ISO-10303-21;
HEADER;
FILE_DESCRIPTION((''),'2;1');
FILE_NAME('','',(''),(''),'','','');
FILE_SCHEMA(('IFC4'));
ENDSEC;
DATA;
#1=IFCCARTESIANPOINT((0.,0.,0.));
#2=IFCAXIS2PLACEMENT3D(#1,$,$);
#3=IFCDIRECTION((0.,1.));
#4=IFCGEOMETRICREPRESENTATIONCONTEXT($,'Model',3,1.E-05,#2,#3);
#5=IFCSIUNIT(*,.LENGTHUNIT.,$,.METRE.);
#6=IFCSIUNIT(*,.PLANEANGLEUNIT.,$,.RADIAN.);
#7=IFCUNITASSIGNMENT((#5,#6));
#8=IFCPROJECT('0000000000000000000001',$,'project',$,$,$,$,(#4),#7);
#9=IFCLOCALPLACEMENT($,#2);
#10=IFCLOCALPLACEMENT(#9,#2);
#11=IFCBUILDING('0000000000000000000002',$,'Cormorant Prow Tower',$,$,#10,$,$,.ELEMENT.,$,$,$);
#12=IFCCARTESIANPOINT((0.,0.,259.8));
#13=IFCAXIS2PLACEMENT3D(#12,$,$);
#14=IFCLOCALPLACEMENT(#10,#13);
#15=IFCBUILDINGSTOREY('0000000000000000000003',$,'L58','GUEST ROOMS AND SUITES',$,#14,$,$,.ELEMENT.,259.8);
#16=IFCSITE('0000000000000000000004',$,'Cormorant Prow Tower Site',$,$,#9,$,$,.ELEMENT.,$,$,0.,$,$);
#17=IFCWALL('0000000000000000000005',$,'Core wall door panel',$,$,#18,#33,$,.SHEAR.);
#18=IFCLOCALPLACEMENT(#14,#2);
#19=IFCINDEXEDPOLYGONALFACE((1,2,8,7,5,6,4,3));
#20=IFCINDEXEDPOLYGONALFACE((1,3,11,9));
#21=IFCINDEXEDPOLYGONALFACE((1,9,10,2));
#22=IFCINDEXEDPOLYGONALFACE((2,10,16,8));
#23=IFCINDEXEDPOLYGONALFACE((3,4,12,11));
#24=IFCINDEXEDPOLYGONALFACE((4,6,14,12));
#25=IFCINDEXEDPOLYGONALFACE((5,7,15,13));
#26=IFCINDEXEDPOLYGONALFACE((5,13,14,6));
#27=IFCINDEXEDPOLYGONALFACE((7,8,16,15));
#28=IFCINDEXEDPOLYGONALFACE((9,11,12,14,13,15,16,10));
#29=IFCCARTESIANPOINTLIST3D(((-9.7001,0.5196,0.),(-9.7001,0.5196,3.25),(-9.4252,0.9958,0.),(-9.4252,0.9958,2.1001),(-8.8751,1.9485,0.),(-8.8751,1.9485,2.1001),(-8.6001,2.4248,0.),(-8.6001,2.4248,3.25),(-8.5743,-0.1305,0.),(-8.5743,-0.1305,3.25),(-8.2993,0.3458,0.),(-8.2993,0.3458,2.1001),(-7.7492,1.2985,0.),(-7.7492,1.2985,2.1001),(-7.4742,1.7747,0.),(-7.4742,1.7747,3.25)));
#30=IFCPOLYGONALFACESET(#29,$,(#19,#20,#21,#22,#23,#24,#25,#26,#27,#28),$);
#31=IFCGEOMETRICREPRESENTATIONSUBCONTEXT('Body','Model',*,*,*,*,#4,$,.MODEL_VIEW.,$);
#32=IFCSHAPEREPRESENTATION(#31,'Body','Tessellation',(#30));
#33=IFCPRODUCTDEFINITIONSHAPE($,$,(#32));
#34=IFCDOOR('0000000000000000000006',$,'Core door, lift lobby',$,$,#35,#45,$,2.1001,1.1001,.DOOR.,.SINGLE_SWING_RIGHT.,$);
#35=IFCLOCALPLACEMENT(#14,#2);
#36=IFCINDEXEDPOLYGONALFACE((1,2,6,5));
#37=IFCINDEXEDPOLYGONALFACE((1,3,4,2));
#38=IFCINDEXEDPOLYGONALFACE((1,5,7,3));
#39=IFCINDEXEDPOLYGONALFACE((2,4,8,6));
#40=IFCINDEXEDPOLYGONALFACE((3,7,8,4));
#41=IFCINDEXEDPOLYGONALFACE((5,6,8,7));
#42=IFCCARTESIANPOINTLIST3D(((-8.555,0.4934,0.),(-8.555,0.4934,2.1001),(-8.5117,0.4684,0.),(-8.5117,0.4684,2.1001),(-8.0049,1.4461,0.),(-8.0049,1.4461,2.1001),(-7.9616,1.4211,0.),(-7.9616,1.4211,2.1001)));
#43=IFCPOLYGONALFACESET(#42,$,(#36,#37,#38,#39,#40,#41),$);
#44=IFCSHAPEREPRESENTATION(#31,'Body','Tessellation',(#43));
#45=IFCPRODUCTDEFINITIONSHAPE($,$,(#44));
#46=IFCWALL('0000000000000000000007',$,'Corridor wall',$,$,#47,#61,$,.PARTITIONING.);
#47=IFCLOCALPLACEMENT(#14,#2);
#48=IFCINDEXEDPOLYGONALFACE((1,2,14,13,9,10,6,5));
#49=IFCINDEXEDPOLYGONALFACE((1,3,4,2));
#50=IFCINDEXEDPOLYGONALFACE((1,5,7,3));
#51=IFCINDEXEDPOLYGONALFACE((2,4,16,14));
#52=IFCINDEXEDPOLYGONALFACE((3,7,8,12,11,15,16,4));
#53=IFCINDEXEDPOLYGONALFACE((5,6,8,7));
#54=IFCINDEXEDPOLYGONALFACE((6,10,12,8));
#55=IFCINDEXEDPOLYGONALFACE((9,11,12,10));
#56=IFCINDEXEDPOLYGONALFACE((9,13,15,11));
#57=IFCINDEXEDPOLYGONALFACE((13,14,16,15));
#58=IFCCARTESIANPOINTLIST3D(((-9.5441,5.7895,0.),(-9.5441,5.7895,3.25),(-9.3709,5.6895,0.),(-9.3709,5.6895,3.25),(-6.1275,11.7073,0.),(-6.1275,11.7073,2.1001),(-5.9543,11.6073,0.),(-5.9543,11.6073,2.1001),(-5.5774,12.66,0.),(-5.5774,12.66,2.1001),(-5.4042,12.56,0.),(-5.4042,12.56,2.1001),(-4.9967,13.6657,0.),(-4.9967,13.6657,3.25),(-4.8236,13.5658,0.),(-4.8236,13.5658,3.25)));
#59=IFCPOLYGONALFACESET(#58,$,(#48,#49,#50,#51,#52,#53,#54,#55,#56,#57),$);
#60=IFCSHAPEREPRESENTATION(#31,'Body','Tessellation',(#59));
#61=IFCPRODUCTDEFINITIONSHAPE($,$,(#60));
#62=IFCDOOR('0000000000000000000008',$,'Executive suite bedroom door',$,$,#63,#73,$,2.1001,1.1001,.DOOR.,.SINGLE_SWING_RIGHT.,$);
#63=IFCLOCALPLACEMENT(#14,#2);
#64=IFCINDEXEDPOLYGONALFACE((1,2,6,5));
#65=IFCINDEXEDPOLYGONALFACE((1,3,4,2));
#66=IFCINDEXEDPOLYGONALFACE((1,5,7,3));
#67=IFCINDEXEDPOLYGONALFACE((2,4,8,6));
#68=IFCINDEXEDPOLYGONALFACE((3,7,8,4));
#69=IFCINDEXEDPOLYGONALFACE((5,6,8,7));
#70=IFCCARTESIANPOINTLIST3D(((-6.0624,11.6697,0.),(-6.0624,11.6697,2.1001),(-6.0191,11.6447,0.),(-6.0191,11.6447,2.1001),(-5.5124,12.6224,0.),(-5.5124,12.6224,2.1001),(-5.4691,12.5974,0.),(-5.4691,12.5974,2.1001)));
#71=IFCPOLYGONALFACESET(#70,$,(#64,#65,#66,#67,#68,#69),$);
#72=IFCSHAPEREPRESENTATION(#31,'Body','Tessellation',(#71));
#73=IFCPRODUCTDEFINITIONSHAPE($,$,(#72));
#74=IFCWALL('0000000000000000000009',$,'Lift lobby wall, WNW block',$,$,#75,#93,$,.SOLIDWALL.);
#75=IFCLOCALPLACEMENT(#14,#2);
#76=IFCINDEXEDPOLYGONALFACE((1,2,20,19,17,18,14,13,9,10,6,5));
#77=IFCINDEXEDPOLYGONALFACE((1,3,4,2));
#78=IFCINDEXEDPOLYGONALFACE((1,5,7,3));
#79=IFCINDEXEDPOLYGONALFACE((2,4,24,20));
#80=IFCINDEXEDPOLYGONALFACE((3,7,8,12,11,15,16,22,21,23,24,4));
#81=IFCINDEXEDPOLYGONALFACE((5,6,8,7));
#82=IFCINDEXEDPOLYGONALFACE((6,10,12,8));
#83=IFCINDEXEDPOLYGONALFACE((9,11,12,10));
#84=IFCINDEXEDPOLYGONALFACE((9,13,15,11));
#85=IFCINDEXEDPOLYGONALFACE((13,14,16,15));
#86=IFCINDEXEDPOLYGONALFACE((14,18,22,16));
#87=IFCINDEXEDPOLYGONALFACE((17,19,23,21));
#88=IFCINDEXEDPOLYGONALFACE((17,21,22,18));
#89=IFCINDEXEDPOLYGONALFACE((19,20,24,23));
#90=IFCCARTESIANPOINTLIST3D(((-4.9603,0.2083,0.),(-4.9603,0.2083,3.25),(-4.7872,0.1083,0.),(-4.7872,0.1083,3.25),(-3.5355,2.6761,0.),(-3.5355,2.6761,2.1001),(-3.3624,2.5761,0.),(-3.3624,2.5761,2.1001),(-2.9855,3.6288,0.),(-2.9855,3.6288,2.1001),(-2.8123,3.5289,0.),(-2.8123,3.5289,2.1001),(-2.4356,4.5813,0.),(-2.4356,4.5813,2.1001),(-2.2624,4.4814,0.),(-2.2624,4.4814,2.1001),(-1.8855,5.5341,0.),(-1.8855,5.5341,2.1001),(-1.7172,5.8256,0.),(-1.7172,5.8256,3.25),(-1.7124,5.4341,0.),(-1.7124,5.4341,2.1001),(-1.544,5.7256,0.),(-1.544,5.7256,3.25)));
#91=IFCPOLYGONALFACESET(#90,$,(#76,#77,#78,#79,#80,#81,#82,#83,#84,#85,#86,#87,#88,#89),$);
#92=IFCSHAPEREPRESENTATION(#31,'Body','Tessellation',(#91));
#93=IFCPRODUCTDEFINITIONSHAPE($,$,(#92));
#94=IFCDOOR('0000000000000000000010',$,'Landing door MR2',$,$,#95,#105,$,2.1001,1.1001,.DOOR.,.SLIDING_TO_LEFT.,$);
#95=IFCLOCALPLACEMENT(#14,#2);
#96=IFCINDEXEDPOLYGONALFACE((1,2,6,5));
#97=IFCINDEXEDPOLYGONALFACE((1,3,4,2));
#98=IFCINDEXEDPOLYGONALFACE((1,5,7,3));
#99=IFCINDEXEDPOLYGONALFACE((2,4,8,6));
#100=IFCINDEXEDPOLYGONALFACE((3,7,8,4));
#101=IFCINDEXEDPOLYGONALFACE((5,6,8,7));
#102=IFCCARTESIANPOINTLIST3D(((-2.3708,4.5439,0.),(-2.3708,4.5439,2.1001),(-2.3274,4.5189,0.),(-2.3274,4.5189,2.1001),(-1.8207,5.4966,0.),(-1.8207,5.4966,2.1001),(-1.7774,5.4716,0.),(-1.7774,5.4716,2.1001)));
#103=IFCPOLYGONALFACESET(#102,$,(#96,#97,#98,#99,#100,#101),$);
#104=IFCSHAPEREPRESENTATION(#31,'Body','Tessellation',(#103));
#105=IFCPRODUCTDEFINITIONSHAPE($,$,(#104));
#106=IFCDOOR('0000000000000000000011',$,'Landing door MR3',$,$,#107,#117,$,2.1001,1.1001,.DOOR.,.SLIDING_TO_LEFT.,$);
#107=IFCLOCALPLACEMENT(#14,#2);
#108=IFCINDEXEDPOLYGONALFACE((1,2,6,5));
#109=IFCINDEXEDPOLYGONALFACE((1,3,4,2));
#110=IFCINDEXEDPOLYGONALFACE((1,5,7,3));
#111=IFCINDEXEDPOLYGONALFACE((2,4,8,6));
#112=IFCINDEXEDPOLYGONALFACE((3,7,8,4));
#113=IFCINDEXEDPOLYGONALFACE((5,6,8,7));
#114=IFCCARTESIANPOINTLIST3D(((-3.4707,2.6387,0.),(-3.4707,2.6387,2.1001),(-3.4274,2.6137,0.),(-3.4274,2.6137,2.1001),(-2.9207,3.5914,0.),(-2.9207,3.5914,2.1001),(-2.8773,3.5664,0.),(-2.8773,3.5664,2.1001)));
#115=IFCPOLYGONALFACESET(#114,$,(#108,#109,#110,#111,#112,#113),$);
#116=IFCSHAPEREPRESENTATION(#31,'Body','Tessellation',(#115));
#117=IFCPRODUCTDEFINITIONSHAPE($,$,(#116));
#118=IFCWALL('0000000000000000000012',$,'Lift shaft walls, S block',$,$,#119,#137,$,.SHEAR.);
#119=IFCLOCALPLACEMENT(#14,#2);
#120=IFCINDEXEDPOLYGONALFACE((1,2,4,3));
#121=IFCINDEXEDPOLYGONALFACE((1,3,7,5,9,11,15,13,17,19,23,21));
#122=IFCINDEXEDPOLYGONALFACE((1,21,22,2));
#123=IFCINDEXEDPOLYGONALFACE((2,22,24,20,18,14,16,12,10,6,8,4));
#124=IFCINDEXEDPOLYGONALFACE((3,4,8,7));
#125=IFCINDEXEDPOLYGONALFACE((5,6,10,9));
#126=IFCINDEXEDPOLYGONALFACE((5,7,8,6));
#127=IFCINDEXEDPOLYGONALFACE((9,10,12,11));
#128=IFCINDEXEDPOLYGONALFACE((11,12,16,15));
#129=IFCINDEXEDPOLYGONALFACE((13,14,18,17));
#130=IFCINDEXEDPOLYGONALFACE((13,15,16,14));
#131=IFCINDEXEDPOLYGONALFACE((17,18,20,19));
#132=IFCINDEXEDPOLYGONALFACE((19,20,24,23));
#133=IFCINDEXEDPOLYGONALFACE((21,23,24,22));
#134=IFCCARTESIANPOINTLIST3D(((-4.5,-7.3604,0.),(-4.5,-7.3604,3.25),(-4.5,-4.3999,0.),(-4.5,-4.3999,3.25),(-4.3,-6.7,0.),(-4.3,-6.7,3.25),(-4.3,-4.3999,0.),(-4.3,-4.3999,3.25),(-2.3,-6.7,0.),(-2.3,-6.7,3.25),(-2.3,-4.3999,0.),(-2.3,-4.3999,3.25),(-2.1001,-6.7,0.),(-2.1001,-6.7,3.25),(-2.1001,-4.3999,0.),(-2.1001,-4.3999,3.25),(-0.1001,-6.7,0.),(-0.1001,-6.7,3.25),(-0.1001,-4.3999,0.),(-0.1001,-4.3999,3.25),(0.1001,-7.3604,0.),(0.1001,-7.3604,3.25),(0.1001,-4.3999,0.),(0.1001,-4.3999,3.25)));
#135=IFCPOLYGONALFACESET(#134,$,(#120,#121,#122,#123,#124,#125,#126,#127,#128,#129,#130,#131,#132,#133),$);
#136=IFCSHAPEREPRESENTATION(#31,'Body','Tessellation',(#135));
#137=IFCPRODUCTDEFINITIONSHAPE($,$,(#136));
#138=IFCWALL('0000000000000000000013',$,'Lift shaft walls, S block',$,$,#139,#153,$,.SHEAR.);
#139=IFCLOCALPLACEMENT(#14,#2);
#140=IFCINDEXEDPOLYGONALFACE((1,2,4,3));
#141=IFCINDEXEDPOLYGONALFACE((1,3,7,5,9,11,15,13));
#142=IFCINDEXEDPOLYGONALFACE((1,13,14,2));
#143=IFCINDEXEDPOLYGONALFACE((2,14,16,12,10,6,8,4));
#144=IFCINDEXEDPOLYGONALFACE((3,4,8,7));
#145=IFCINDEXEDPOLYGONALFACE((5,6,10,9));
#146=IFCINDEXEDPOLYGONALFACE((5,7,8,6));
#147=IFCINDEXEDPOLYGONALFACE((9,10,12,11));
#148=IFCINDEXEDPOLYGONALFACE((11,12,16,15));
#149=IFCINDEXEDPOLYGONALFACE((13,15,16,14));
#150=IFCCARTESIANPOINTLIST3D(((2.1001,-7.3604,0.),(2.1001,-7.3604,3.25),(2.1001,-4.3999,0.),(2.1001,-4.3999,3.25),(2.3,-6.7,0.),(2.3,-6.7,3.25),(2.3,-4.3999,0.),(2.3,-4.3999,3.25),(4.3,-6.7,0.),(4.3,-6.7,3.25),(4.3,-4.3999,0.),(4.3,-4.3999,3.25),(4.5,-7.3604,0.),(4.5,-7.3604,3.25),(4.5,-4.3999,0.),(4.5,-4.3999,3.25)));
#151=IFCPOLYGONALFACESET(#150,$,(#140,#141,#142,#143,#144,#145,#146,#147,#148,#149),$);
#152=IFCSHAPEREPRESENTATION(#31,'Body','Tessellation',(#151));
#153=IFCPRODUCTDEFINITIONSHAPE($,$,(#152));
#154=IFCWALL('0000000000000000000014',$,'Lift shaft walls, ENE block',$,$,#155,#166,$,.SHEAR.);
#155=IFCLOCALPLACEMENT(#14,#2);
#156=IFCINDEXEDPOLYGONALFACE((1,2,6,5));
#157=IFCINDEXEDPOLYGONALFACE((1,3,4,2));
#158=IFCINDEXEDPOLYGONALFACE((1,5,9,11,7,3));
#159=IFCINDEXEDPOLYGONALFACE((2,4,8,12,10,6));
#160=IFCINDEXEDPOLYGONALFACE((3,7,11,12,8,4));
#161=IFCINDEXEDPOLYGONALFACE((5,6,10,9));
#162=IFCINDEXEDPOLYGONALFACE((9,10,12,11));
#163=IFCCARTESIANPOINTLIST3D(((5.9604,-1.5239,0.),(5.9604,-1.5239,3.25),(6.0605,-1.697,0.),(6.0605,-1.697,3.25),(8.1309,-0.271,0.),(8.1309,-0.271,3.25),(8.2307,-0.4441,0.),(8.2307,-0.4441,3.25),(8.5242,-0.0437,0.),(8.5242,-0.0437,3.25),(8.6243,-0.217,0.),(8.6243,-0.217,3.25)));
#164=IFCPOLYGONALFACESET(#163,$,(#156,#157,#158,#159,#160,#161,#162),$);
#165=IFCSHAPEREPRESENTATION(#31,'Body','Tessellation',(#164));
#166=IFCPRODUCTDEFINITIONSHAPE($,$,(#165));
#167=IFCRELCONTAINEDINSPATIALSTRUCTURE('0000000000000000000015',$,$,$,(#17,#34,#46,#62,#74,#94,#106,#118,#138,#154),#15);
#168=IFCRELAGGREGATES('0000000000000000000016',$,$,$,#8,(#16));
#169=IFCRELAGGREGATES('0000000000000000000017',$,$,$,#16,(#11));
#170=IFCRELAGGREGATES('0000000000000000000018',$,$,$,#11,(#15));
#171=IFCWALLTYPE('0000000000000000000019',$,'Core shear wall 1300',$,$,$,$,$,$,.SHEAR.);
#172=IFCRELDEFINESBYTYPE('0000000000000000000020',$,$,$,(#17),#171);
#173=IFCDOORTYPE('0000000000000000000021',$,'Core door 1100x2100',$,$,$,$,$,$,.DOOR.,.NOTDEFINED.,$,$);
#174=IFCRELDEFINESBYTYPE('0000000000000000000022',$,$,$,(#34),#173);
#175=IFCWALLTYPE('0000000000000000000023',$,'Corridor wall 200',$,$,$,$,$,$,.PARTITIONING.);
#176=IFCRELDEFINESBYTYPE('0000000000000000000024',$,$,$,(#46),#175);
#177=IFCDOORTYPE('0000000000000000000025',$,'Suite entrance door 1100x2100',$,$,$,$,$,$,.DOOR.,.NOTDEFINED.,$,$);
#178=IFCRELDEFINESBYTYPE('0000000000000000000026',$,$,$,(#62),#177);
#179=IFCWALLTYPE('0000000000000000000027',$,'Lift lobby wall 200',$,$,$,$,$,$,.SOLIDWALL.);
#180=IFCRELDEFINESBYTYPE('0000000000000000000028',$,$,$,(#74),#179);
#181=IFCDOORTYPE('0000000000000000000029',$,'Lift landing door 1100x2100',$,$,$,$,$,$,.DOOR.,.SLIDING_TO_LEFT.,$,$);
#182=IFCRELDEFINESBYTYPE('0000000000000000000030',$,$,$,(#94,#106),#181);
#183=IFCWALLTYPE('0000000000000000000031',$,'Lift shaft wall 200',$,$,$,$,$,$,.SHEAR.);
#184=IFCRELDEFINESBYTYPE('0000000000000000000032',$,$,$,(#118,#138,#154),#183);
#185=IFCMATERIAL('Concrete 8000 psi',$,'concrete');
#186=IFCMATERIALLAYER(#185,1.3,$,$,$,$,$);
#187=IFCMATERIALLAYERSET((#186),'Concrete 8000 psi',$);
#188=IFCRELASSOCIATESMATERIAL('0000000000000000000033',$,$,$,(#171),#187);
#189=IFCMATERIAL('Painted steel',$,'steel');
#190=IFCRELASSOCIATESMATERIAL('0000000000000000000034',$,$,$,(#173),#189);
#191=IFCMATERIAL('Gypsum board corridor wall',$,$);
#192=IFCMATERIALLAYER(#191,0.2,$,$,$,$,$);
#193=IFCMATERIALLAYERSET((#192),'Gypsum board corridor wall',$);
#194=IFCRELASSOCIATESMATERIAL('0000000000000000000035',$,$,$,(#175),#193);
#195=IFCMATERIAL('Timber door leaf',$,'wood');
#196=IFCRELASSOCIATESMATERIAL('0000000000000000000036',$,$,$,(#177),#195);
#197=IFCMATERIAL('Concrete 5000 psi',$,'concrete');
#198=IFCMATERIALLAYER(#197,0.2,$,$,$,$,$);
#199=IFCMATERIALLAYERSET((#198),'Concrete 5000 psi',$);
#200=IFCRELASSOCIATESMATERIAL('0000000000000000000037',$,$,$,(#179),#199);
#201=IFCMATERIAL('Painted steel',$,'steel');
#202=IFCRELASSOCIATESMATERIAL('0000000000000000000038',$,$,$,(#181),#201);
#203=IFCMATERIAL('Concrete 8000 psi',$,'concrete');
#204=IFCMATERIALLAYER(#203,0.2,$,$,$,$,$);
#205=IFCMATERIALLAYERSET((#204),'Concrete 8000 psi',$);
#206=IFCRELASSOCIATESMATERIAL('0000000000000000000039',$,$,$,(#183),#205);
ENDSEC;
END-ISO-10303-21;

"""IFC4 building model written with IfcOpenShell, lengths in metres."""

from ifc_helpers import new_model, si_unit, direction, frame, frame_2d, origin, place, context, subcontext, project, spatial, polyline, rectangle, outline, extrude, material, layer, layer_set, type_object, element, fill, save


model = new_model("IFC4")

# Units and contexts
model_context = context("Model", 3, precision=1e-05, world=origin(), true_north=direction((0.0, 1.0)))
body_context = subcontext(model_context, "Body", "Model", "MODEL_VIEW")
ifc_project = project(units=[si_unit("LENGTHUNIT", "METRE"), si_unit("PLANEANGLEUNIT", "RADIAN")], contexts=[model_context])

# Site, building, storey
site_placement = place(None, origin())
site = spatial("IfcSite", under=ifc_project, at=site_placement, Name="Cormorant Prow Tower Site", CompositionType="ELEMENT", RefElevation=0.0)
building_placement = place(site_placement, origin())
building = spatial("IfcBuilding", under=site, at=building_placement, Name="Cormorant Prow Tower", CompositionType="ELEMENT")
storey_placement = place(building_placement, frame((0.0, 0.0, 259.8)))
storey = spatial("IfcBuildingStorey", under=building, at=storey_placement, Name="L58", Description="GUEST ROOMS AND SUITES", CompositionType="ELEMENT", Elevation=259.8)

# Shared definitions
ifc_material_1 = material(Name="Concrete 8000 psi", Category="concrete")
ifc_layer_1 = layer(ifc_material_1, 1.3)
ifc_layer_set_1 = layer_set([ifc_layer_1], Name="Concrete 8000 psi")
wall_type_1 = type_object("IfcWallType", Name="Core shear wall 1300", PredefinedType="SHEAR", material=ifc_layer_set_1)

# Walls, openings, doors
wall_1_placement = place(storey_placement, frame((-8.0371, 2.0999, 0.0), z_axis=(0.0, 0.0, 1.0), x_axis=(-0.50003, -0.866008, 0.0)))
wall_1 = element("IfcWall", 1, at=wall_1_placement, inside=storey, type_object=wall_type_1, Name="Core wall door panel", PredefinedType="SHEAR", context=body_context, shape_type="SweptSolid", body=[
    extrude(rectangle(XDim=2.2, YDim=1.3, at=frame_2d((1.1001, 0.0))), origin(), (0.0, 0.0, 1.0), 3.25),
])
opening_1_placement = place(wall_1_placement, frame((0.55, 0.0, 0.0)))
opening_1 = element("IfcOpeningElement", 2, at=opening_1_placement, cuts=wall_1, PredefinedType="OPENING", context=body_context, shape_type="SweptSolid", body=[
    extrude(rectangle(XDim=1.1001, YDim=2.1001, at=frame_2d((0.55, 1.05))), frame((0.0, 0.6599, 0.0), z_axis=(0.0, -1.0, 0.0), x_axis=(1.0, 0.0, 0.0)), (0.0, 0.0, 1.0), 1.3201),
])
ifc_material_2 = material(Name="Painted steel", Category="steel")
door_type_1 = type_object("IfcDoorType", Name="Core door 1100x2100", OperationType="NOTDEFINED", PredefinedType="DOOR", material=ifc_material_2)
door_1_placement = place(opening_1_placement, origin())
door_1 = element("IfcDoor", 3, at=door_1_placement, inside=storey, type_object=door_type_1, Name="Core door, lift lobby", OperationType="SINGLE_SWING_RIGHT", OverallHeight=2.1001, OverallWidth=1.1001, PredefinedType="DOOR", context=body_context, shape_type="SweptSolid", body=[
    extrude(rectangle(XDim=1.1001, YDim=2.1001, at=frame_2d((0.55, 1.05))), frame((0.0, 0.4048, 0.0), z_axis=(0.0, -1.0, 0.0), x_axis=(1.0, 0.0, 0.0)), (0.0, 0.0, 1.0), 0.05),
])
fill(opening_1, door_1)
ifc_material_3 = material(Name="Gypsum board corridor wall")
ifc_layer_2 = layer(ifc_material_3, 0.2)
ifc_layer_set_2 = layer_set([ifc_layer_2], Name="Gypsum board corridor wall")
wall_type_2 = type_object("IfcWallType", Name="Corridor wall 200", PredefinedType="PARTITIONING", material=ifc_layer_set_2)
wall_2_placement = place(storey_placement, frame((-9.4575, 5.7395, 0.0), z_axis=(0.0, 0.0, 1.0), x_axis=(0.500002, 0.866024, 0.0)))
wall_2 = element("IfcWall", 4, at=wall_2_placement, inside=storey, type_object=wall_type_2, Name="Corridor wall", PredefinedType="PARTITIONING", context=body_context, shape_type="SweptSolid", body=[
    extrude(rectangle(XDim=9.0947, YDim=0.2, at=frame_2d((4.5474, 0.0))), origin(), (0.0, 0.0, 1.0), 3.25),
])
opening_2_placement = place(wall_2_placement, frame((6.8333, 0.0, 0.0)))
opening_2 = element("IfcOpeningElement", 5, at=opening_2_placement, cuts=wall_2, PredefinedType="OPENING", context=body_context, shape_type="SweptSolid", body=[
    extrude(rectangle(XDim=1.1001, YDim=2.1001, at=frame_2d((0.55, 1.05))), frame((0.0, 0.1099, 0.0), z_axis=(0.0, -1.0, 0.0), x_axis=(1.0, 0.0, 0.0)), (0.0, 0.0, 1.0), 0.22),
])
ifc_material_4 = material(Name="Timber door leaf", Category="wood")
door_type_2 = type_object("IfcDoorType", Name="Suite entrance door 1100x2100", OperationType="NOTDEFINED", PredefinedType="DOOR", material=ifc_material_4)
door_2_placement = place(opening_2_placement, origin())
door_2 = element("IfcDoor", 6, at=door_2_placement, inside=storey, type_object=door_type_2, Name="Executive suite bedroom door", OperationType="SINGLE_SWING_RIGHT", OverallHeight=2.1001, OverallWidth=1.1001, PredefinedType="DOOR", context=body_context, shape_type="SweptSolid", body=[
    extrude(rectangle(XDim=1.1001, YDim=2.1001, at=frame_2d((0.55, 1.05))), frame((0.0, 0.0249, 0.0), z_axis=(0.0, -1.0, 0.0), x_axis=(1.0, 0.0, 0.0)), (0.0, 0.0, 1.0), 0.05),
])
fill(opening_2, door_2)

# Wall, openings, doors
ifc_material_5 = material(Name="Concrete 5000 psi", Category="concrete")
ifc_layer_3 = layer(ifc_material_5, 0.2)
ifc_layer_set_3 = layer_set([ifc_layer_3], Name="Concrete 5000 psi")
wall_type_3 = type_object("IfcWallType", Name="Lift lobby wall 200", PredefinedType="SOLIDWALL", material=ifc_layer_set_3)
wall_3_placement = place(storey_placement, frame((-1.6306, 5.7756, 0.0), z_axis=(0.0, 0.0, 1.0), x_axis=(-0.499993, -0.86603, 0.0)))
wall_3 = element("IfcWall", 7, at=wall_3_placement, inside=storey, type_object=wall_type_3, Name="Lift lobby wall, WNW block", PredefinedType="SOLIDWALL", context=body_context, shape_type="SweptSolid", body=[
    extrude(rectangle(XDim=6.4863, YDim=0.2, at=frame_2d((3.2432, 0.0))), origin(), (0.0, 0.0, 1.0), 3.25),
])
opening_3_placement = place(wall_3_placement, frame((0.3367, 0.0, 0.0)))
opening_3 = element("IfcOpeningElement", 8, at=opening_3_placement, cuts=wall_3, PredefinedType="OPENING", context=body_context, shape_type="SweptSolid", body=[
    extrude(rectangle(XDim=1.1001, YDim=2.1001, at=frame_2d((0.55, 1.05))), frame((0.0, 0.1099, 0.0), z_axis=(0.0, -1.0, 0.0), x_axis=(1.0, 0.0, 0.0)), (0.0, 0.0, 1.0), 0.22),
])
opening_4_placement = place(wall_3_placement, frame((2.5366, 0.0, 0.0)))
opening_4 = element("IfcOpeningElement", 9, at=opening_4_placement, cuts=wall_3, PredefinedType="OPENING", context=body_context, shape_type="SweptSolid", body=[
    extrude(rectangle(XDim=1.1001, YDim=2.1001, at=frame_2d((0.55, 1.05))), frame((0.0, 0.1099, 0.0), z_axis=(0.0, -1.0, 0.0), x_axis=(1.0, 0.0, 0.0)), (0.0, 0.0, 1.0), 0.22),
])
ifc_material_6 = material(Name="Painted steel", Category="steel")
door_type_3 = type_object("IfcDoorType", Name="Lift landing door 1100x2100", OperationType="SLIDING_TO_LEFT", PredefinedType="DOOR", material=ifc_material_6)
door_3_placement = place(opening_3_placement, origin())
door_3 = element("IfcDoor", 10, at=door_3_placement, inside=storey, type_object=door_type_3, Name="Landing door MR2", OperationType="SLIDING_TO_LEFT", OverallHeight=2.1001, OverallWidth=1.1001, PredefinedType="DOOR", context=body_context, shape_type="SweptSolid", body=[
    extrude(rectangle(XDim=1.1001, YDim=2.1001, at=frame_2d((0.55, 1.05))), frame((0.0, 0.0249, 0.0), z_axis=(0.0, -1.0, 0.0), x_axis=(1.0, 0.0, 0.0)), (0.0, 0.0, 1.0), 0.05),
])
fill(opening_3, door_3)
door_4_placement = place(opening_4_placement, origin())
door_4 = element("IfcDoor", 11, at=door_4_placement, inside=storey, type_object=door_type_3, Name="Landing door MR3", OperationType="SLIDING_TO_LEFT", OverallHeight=2.1001, OverallWidth=1.1001, PredefinedType="DOOR", context=body_context, shape_type="SweptSolid", body=[
    extrude(rectangle(XDim=1.1001, YDim=2.1001, at=frame_2d((0.55, 1.05))), frame((0.0, 0.0249, 0.0), z_axis=(0.0, -1.0, 0.0), x_axis=(1.0, 0.0, 0.0)), (0.0, 0.0, 1.0), 0.05),
])
fill(opening_4, door_4)

# Walls
ifc_material_7 = material(Name="Concrete 8000 psi", Category="concrete")
ifc_layer_4 = layer(ifc_material_7, 0.2)
ifc_layer_set_4 = layer_set([ifc_layer_4], Name="Concrete 8000 psi")
wall_type_4 = type_object("IfcWallType", Name="Lift shaft wall 200", PredefinedType="SHEAR", material=ifc_layer_set_4)
wall_4_placement = place(storey_placement, origin())
element("IfcWall", 12, at=wall_4_placement, inside=storey, type_object=wall_type_4, Name="Lift shaft walls, S block", PredefinedType="SHEAR", context=body_context, shape_type="SweptSolid", body=[
    extrude(outline(polyline([(0.1001, -7.3604), (-4.5, -7.3604), (-4.5, -4.3999), (-4.3, -4.3999), (-4.3, -6.7), (-2.3, -6.7), (-2.3, -4.3999), (-2.1001, -4.3999), (-2.1001, -6.7), (-0.1001, -6.7), (-0.1001, -4.3999), (0.1001, -4.3999), (0.1001, -7.3604)])), origin(), (0.0, 0.0, 1.0), 3.25),
])
wall_5_placement = place(storey_placement, origin())
element("IfcWall", 13, at=wall_5_placement, inside=storey, type_object=wall_type_4, Name="Lift shaft walls, S block", PredefinedType="SHEAR", context=body_context, shape_type="SweptSolid", body=[
    extrude(outline(polyline([(2.1001, -7.3604), (2.1001, -4.3999), (2.3, -4.3999), (2.3, -6.7), (4.3, -6.7), (4.3, -4.3999), (4.5, -4.3999), (4.5, -7.3604), (2.1001, -7.3604)])), origin(), (0.0, 0.0, 1.0), 3.25),
])
wall_6_placement = place(storey_placement, origin())
element("IfcWall", 14, at=wall_6_placement, inside=storey, type_object=wall_type_4, Name="Lift shaft walls, ENE block", PredefinedType="SHEAR", context=body_context, shape_type="SweptSolid", body=[
    extrude(outline(polyline([(8.5242, -0.0437), (8.6243, -0.217), (8.2307, -0.4441), (6.0605, -1.697), (5.9604, -1.5239), (8.1309, -0.271), (8.5242, -0.0437)])), origin(), (0.0, 0.0, 1.0), 3.25),
])

save(model, "model.ifc")
